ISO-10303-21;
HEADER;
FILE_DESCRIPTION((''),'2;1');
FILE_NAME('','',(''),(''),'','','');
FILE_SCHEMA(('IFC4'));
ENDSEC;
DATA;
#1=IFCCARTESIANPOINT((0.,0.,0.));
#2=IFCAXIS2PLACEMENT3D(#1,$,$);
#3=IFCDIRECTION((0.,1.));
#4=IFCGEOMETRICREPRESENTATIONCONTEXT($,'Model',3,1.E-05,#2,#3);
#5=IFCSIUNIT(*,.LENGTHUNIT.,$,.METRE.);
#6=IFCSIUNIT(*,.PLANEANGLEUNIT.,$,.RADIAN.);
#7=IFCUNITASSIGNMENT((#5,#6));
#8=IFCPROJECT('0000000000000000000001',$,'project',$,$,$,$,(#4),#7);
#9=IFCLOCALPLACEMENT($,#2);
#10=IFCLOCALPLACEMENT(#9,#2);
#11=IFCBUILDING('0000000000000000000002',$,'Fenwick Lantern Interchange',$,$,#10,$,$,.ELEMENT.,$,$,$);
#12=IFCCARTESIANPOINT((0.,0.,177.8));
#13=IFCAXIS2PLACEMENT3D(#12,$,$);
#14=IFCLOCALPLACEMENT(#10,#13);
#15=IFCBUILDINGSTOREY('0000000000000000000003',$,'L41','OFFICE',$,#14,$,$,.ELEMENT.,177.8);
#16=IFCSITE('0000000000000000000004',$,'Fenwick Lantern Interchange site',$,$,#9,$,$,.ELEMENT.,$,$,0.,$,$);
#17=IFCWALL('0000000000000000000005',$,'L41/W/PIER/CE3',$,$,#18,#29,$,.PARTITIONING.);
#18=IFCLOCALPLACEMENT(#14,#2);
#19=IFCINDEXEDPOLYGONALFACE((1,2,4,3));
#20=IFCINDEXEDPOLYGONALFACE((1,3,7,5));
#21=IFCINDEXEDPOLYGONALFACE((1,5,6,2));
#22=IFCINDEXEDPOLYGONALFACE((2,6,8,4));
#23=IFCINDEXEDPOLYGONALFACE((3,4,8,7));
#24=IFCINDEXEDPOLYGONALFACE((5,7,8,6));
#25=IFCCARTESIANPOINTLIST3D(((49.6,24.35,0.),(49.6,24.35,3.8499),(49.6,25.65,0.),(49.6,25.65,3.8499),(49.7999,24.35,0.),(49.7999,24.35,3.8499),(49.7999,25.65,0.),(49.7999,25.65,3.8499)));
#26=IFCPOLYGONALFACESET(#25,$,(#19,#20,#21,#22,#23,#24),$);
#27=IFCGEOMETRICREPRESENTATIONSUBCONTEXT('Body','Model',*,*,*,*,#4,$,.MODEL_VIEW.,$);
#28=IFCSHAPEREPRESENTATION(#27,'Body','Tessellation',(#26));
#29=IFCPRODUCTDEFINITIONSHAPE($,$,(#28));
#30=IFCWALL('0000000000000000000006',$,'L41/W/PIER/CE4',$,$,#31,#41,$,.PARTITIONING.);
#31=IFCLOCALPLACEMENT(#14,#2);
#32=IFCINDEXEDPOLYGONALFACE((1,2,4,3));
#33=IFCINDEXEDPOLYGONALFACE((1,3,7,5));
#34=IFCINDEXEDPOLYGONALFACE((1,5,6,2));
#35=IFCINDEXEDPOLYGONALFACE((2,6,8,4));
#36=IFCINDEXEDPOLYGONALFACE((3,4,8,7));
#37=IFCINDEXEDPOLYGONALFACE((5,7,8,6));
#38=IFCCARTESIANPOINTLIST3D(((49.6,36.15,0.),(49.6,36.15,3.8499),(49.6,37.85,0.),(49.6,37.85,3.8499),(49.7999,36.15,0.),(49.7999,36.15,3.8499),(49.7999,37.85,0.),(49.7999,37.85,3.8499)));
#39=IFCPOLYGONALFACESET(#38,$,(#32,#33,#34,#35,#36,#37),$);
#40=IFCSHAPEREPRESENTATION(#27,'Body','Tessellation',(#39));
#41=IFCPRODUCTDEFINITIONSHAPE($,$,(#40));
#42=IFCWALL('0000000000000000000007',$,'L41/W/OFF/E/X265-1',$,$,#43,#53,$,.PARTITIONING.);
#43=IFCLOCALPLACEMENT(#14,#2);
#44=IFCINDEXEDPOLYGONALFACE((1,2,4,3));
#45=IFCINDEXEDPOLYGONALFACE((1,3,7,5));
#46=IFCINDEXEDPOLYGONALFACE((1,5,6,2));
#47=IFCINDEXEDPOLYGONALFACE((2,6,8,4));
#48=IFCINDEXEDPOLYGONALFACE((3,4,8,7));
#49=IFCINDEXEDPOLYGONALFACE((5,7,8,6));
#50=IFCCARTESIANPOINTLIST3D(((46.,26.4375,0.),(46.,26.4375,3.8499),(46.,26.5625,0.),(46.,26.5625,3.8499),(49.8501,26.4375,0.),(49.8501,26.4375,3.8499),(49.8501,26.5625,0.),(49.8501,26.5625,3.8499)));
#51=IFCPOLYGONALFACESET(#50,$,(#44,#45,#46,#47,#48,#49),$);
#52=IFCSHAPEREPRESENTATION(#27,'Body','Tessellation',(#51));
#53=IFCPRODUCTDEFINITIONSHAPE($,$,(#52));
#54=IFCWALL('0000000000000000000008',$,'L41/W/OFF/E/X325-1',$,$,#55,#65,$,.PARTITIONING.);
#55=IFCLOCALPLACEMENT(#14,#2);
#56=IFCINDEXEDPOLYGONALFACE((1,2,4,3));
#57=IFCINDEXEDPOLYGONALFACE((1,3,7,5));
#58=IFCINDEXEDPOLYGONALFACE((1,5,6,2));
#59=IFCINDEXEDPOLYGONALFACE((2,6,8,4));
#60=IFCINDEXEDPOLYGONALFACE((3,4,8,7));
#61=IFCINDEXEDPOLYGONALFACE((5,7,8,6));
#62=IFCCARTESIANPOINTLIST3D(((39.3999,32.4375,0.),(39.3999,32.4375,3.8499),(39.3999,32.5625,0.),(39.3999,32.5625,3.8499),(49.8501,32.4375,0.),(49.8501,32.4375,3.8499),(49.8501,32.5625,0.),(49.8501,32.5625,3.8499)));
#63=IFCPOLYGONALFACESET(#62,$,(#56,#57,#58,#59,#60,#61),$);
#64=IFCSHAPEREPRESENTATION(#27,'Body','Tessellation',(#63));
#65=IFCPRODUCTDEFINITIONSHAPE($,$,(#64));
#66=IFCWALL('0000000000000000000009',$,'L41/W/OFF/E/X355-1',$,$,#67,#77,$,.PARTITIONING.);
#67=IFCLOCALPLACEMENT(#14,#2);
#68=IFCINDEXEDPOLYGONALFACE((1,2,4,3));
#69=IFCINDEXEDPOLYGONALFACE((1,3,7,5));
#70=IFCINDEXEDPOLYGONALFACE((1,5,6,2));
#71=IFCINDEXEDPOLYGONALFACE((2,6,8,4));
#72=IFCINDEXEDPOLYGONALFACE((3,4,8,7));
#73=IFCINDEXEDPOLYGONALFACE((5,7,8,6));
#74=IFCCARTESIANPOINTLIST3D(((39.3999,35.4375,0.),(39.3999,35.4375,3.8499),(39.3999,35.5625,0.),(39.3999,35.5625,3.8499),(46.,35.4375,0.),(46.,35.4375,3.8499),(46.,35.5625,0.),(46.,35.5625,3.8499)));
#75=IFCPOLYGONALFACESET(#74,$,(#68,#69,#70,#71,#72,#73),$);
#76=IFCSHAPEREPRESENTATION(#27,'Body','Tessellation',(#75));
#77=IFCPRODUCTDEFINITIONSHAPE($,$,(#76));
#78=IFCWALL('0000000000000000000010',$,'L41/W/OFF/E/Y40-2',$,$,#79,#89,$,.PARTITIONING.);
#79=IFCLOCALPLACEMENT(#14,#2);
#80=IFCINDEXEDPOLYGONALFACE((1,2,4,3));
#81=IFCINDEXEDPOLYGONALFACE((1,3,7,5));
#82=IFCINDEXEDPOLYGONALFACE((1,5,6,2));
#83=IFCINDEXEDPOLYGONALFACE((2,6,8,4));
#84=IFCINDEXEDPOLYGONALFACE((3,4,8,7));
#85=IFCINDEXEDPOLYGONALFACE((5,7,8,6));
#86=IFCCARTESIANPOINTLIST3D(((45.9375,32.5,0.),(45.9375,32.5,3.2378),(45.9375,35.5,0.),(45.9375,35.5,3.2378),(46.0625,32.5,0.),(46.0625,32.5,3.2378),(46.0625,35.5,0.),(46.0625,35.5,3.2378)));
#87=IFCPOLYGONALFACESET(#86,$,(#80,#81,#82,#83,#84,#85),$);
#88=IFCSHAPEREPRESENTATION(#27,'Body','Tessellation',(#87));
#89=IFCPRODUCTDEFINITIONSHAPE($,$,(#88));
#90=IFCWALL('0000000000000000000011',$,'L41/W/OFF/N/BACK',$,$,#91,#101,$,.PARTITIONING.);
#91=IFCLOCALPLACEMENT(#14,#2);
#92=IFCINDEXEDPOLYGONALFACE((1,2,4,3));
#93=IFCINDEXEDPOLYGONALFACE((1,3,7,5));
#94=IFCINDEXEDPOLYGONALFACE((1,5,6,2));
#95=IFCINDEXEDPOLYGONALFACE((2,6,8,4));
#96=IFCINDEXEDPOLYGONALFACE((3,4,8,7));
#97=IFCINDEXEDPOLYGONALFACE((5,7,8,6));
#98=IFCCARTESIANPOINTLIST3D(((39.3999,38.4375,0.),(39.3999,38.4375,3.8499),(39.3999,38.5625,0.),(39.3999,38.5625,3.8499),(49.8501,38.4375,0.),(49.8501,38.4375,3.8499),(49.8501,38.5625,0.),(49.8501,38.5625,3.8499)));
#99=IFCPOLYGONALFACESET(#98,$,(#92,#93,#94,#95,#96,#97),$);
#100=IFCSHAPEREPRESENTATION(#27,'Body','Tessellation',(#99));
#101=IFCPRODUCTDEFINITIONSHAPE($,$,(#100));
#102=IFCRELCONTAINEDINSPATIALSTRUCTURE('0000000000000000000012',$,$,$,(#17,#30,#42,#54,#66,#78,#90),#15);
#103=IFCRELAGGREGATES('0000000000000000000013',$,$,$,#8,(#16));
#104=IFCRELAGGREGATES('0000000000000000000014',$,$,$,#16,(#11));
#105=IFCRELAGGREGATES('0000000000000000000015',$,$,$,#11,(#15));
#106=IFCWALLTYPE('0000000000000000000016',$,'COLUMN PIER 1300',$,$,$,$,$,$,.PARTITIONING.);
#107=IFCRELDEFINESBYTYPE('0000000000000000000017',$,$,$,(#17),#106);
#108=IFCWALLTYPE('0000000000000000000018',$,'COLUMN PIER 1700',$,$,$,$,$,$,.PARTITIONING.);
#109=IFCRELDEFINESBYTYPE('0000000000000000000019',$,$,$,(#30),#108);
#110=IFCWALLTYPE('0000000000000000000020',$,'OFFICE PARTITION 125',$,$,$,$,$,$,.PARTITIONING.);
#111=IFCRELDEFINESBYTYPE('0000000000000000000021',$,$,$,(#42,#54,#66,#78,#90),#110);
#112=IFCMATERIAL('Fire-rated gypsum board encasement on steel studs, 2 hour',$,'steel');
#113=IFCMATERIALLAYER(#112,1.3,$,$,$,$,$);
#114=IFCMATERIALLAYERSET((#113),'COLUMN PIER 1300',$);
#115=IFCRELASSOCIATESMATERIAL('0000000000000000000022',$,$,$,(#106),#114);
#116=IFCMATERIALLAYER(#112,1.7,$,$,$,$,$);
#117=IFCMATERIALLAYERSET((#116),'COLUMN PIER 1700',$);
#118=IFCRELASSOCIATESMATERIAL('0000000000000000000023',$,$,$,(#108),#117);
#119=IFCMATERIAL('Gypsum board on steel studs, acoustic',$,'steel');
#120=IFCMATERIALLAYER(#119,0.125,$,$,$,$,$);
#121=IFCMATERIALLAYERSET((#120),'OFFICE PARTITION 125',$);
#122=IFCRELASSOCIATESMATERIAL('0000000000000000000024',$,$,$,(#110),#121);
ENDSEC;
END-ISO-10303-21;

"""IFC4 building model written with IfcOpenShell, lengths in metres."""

from ifc_helpers import new_model, si_unit, direction, frame, frame_2d, origin, place, context, subcontext, project, spatial, rectangle, extrude, material, layer, layer_set, type_object, element, save


model = new_model("IFC4")

# Units and contexts
model_context = context("Model", 3, precision=1e-05, world=origin(), true_north=direction((0.0, 1.0)))
body_context = subcontext(model_context, "Body", "Model", "MODEL_VIEW")
ifc_project = project(units=[si_unit("LENGTHUNIT", "METRE"), si_unit("PLANEANGLEUNIT", "RADIAN")], contexts=[model_context])

# Site, building, storey
site_placement = place(None, origin())
site = spatial("IfcSite", under=ifc_project, at=site_placement, Name="Fenwick Lantern Interchange site", CompositionType="ELEMENT", RefElevation=0.0)
building_placement = place(site_placement, origin())
building = spatial("IfcBuilding", under=site, at=building_placement, Name="Fenwick Lantern Interchange", CompositionType="ELEMENT")
storey_placement = place(building_placement, frame((0.0, 0.0, 177.8)))
storey = spatial("IfcBuildingStorey", under=building, at=storey_placement, Name="L41", Description="OFFICE", CompositionType="ELEMENT", Elevation=177.8)

# Walls
ifc_material_1 = material(Name="Fire-rated gypsum board encasement on steel studs, 2 hour", Category="steel")
ifc_layer_1 = layer(ifc_material_1, 1.3)
ifc_layer_set_1 = layer_set([ifc_layer_1], Name="COLUMN PIER 1300")
wall_type_1 = type_object("IfcWallType", Name="COLUMN PIER 1300", PredefinedType="PARTITIONING", material=ifc_layer_set_1)
wall_1_placement = place(storey_placement, frame((49.8, 25.0, 0.0), z_axis=(0.0, 0.0, 1.0), x_axis=(-1.0, 0.0, 0.0)))
element("IfcWall", 1, at=wall_1_placement, inside=storey, type_object=wall_type_1, Name="L41/W/PIER/CE3", PredefinedType="PARTITIONING", context=body_context, shape_type="SweptSolid", body=[
    extrude(rectangle(XDim=0.2, YDim=1.3, at=frame_2d((0.1001, 0.0))), origin(), (0.0, 0.0, 1.0), 3.8499),
])
ifc_layer_2 = layer(ifc_material_1, 1.7)
ifc_layer_set_2 = layer_set([ifc_layer_2], Name="COLUMN PIER 1700")
wall_type_2 = type_object("IfcWallType", Name="COLUMN PIER 1700", PredefinedType="PARTITIONING", material=ifc_layer_set_2)
wall_2_placement = place(storey_placement, frame((49.8, 37.0, 0.0), z_axis=(0.0, 0.0, 1.0), x_axis=(-1.0, 0.0, 0.0)))
element("IfcWall", 2, at=wall_2_placement, inside=storey, type_object=wall_type_2, Name="L41/W/PIER/CE4", PredefinedType="PARTITIONING", context=body_context, shape_type="SweptSolid", body=[
    extrude(rectangle(XDim=0.2, YDim=1.7, at=frame_2d((0.1001, 0.0))), origin(), (0.0, 0.0, 1.0), 3.8499),
])
ifc_material_2 = material(Name="Gypsum board on steel studs, acoustic", Category="steel")
ifc_layer_3 = layer(ifc_material_2, 0.125)
ifc_layer_set_3 = layer_set([ifc_layer_3], Name="OFFICE PARTITION 125")
wall_type_3 = type_object("IfcWallType", Name="OFFICE PARTITION 125", PredefinedType="PARTITIONING", material=ifc_layer_set_3)
wall_3_placement = place(storey_placement, frame((49.8501, 26.5, 0.0), z_axis=(0.0, 0.0, 1.0), x_axis=(-1.0, 0.0, 0.0)))
element("IfcWall", 3, at=wall_3_placement, inside=storey, type_object=wall_type_3, Name="L41/W/OFF/E/X265-1", PredefinedType="PARTITIONING", context=body_context, shape_type="SweptSolid", body=[
    extrude(rectangle(XDim=3.8501, YDim=0.125, at=frame_2d((1.925, 0.0))), origin(), (0.0, 0.0, 1.0), 3.8499),
])
wall_4_placement = place(storey_placement, frame((49.8501, 32.5, 0.0), z_axis=(0.0, 0.0, 1.0), x_axis=(-1.0, 0.0, 0.0)))
element("IfcWall", 4, at=wall_4_placement, inside=storey, type_object=wall_type_3, Name="L41/W/OFF/E/X325-1", PredefinedType="PARTITIONING", context=body_context, shape_type="SweptSolid", body=[
    extrude(rectangle(XDim=10.4502, YDim=0.125, at=frame_2d((5.2251, 0.0))), origin(), (0.0, 0.0, 1.0), 3.8499),
])
wall_5_placement = place(storey_placement, frame((46.0, 35.5, 0.0), z_axis=(0.0, 0.0, 1.0), x_axis=(-1.0, 0.0, 0.0)))
element("IfcWall", 5, at=wall_5_placement, inside=storey, type_object=wall_type_3, Name="L41/W/OFF/E/X355-1", PredefinedType="PARTITIONING", context=body_context, shape_type="SweptSolid", body=[
    extrude(rectangle(XDim=6.6001, YDim=0.125, at=frame_2d((3.3, 0.0))), origin(), (0.0, 0.0, 1.0), 3.8499),
])
wall_6_placement = place(storey_placement, frame((46.0, 32.5, 0.0), z_axis=(0.0, 0.0, 1.0), x_axis=(0.0, 1.0, 0.0)))
element("IfcWall", 6, at=wall_6_placement, inside=storey, type_object=wall_type_3, Name="L41/W/OFF/E/Y40-2", PredefinedType="PARTITIONING", context=body_context, shape_type="SweptSolid", body=[
    extrude(rectangle(XDim=3.0, YDim=0.125, at=frame_2d((1.5, 0.0))), origin(), (0.0, 0.0, 1.0), 3.2378),
])
wall_7_placement = place(storey_placement, frame((49.8501, 38.5, 0.0), z_axis=(0.0, 0.0, 1.0), x_axis=(-1.0, 0.0, 0.0)))
element("IfcWall", 7, at=wall_7_placement, inside=storey, type_object=wall_type_3, Name="L41/W/OFF/N/BACK", PredefinedType="PARTITIONING", context=body_context, shape_type="SweptSolid", body=[
    extrude(rectangle(XDim=10.4502, YDim=0.125, at=frame_2d((5.2251, 0.0))), origin(), (0.0, 0.0, 1.0), 3.8499),
])

save(model, "model.ifc")
